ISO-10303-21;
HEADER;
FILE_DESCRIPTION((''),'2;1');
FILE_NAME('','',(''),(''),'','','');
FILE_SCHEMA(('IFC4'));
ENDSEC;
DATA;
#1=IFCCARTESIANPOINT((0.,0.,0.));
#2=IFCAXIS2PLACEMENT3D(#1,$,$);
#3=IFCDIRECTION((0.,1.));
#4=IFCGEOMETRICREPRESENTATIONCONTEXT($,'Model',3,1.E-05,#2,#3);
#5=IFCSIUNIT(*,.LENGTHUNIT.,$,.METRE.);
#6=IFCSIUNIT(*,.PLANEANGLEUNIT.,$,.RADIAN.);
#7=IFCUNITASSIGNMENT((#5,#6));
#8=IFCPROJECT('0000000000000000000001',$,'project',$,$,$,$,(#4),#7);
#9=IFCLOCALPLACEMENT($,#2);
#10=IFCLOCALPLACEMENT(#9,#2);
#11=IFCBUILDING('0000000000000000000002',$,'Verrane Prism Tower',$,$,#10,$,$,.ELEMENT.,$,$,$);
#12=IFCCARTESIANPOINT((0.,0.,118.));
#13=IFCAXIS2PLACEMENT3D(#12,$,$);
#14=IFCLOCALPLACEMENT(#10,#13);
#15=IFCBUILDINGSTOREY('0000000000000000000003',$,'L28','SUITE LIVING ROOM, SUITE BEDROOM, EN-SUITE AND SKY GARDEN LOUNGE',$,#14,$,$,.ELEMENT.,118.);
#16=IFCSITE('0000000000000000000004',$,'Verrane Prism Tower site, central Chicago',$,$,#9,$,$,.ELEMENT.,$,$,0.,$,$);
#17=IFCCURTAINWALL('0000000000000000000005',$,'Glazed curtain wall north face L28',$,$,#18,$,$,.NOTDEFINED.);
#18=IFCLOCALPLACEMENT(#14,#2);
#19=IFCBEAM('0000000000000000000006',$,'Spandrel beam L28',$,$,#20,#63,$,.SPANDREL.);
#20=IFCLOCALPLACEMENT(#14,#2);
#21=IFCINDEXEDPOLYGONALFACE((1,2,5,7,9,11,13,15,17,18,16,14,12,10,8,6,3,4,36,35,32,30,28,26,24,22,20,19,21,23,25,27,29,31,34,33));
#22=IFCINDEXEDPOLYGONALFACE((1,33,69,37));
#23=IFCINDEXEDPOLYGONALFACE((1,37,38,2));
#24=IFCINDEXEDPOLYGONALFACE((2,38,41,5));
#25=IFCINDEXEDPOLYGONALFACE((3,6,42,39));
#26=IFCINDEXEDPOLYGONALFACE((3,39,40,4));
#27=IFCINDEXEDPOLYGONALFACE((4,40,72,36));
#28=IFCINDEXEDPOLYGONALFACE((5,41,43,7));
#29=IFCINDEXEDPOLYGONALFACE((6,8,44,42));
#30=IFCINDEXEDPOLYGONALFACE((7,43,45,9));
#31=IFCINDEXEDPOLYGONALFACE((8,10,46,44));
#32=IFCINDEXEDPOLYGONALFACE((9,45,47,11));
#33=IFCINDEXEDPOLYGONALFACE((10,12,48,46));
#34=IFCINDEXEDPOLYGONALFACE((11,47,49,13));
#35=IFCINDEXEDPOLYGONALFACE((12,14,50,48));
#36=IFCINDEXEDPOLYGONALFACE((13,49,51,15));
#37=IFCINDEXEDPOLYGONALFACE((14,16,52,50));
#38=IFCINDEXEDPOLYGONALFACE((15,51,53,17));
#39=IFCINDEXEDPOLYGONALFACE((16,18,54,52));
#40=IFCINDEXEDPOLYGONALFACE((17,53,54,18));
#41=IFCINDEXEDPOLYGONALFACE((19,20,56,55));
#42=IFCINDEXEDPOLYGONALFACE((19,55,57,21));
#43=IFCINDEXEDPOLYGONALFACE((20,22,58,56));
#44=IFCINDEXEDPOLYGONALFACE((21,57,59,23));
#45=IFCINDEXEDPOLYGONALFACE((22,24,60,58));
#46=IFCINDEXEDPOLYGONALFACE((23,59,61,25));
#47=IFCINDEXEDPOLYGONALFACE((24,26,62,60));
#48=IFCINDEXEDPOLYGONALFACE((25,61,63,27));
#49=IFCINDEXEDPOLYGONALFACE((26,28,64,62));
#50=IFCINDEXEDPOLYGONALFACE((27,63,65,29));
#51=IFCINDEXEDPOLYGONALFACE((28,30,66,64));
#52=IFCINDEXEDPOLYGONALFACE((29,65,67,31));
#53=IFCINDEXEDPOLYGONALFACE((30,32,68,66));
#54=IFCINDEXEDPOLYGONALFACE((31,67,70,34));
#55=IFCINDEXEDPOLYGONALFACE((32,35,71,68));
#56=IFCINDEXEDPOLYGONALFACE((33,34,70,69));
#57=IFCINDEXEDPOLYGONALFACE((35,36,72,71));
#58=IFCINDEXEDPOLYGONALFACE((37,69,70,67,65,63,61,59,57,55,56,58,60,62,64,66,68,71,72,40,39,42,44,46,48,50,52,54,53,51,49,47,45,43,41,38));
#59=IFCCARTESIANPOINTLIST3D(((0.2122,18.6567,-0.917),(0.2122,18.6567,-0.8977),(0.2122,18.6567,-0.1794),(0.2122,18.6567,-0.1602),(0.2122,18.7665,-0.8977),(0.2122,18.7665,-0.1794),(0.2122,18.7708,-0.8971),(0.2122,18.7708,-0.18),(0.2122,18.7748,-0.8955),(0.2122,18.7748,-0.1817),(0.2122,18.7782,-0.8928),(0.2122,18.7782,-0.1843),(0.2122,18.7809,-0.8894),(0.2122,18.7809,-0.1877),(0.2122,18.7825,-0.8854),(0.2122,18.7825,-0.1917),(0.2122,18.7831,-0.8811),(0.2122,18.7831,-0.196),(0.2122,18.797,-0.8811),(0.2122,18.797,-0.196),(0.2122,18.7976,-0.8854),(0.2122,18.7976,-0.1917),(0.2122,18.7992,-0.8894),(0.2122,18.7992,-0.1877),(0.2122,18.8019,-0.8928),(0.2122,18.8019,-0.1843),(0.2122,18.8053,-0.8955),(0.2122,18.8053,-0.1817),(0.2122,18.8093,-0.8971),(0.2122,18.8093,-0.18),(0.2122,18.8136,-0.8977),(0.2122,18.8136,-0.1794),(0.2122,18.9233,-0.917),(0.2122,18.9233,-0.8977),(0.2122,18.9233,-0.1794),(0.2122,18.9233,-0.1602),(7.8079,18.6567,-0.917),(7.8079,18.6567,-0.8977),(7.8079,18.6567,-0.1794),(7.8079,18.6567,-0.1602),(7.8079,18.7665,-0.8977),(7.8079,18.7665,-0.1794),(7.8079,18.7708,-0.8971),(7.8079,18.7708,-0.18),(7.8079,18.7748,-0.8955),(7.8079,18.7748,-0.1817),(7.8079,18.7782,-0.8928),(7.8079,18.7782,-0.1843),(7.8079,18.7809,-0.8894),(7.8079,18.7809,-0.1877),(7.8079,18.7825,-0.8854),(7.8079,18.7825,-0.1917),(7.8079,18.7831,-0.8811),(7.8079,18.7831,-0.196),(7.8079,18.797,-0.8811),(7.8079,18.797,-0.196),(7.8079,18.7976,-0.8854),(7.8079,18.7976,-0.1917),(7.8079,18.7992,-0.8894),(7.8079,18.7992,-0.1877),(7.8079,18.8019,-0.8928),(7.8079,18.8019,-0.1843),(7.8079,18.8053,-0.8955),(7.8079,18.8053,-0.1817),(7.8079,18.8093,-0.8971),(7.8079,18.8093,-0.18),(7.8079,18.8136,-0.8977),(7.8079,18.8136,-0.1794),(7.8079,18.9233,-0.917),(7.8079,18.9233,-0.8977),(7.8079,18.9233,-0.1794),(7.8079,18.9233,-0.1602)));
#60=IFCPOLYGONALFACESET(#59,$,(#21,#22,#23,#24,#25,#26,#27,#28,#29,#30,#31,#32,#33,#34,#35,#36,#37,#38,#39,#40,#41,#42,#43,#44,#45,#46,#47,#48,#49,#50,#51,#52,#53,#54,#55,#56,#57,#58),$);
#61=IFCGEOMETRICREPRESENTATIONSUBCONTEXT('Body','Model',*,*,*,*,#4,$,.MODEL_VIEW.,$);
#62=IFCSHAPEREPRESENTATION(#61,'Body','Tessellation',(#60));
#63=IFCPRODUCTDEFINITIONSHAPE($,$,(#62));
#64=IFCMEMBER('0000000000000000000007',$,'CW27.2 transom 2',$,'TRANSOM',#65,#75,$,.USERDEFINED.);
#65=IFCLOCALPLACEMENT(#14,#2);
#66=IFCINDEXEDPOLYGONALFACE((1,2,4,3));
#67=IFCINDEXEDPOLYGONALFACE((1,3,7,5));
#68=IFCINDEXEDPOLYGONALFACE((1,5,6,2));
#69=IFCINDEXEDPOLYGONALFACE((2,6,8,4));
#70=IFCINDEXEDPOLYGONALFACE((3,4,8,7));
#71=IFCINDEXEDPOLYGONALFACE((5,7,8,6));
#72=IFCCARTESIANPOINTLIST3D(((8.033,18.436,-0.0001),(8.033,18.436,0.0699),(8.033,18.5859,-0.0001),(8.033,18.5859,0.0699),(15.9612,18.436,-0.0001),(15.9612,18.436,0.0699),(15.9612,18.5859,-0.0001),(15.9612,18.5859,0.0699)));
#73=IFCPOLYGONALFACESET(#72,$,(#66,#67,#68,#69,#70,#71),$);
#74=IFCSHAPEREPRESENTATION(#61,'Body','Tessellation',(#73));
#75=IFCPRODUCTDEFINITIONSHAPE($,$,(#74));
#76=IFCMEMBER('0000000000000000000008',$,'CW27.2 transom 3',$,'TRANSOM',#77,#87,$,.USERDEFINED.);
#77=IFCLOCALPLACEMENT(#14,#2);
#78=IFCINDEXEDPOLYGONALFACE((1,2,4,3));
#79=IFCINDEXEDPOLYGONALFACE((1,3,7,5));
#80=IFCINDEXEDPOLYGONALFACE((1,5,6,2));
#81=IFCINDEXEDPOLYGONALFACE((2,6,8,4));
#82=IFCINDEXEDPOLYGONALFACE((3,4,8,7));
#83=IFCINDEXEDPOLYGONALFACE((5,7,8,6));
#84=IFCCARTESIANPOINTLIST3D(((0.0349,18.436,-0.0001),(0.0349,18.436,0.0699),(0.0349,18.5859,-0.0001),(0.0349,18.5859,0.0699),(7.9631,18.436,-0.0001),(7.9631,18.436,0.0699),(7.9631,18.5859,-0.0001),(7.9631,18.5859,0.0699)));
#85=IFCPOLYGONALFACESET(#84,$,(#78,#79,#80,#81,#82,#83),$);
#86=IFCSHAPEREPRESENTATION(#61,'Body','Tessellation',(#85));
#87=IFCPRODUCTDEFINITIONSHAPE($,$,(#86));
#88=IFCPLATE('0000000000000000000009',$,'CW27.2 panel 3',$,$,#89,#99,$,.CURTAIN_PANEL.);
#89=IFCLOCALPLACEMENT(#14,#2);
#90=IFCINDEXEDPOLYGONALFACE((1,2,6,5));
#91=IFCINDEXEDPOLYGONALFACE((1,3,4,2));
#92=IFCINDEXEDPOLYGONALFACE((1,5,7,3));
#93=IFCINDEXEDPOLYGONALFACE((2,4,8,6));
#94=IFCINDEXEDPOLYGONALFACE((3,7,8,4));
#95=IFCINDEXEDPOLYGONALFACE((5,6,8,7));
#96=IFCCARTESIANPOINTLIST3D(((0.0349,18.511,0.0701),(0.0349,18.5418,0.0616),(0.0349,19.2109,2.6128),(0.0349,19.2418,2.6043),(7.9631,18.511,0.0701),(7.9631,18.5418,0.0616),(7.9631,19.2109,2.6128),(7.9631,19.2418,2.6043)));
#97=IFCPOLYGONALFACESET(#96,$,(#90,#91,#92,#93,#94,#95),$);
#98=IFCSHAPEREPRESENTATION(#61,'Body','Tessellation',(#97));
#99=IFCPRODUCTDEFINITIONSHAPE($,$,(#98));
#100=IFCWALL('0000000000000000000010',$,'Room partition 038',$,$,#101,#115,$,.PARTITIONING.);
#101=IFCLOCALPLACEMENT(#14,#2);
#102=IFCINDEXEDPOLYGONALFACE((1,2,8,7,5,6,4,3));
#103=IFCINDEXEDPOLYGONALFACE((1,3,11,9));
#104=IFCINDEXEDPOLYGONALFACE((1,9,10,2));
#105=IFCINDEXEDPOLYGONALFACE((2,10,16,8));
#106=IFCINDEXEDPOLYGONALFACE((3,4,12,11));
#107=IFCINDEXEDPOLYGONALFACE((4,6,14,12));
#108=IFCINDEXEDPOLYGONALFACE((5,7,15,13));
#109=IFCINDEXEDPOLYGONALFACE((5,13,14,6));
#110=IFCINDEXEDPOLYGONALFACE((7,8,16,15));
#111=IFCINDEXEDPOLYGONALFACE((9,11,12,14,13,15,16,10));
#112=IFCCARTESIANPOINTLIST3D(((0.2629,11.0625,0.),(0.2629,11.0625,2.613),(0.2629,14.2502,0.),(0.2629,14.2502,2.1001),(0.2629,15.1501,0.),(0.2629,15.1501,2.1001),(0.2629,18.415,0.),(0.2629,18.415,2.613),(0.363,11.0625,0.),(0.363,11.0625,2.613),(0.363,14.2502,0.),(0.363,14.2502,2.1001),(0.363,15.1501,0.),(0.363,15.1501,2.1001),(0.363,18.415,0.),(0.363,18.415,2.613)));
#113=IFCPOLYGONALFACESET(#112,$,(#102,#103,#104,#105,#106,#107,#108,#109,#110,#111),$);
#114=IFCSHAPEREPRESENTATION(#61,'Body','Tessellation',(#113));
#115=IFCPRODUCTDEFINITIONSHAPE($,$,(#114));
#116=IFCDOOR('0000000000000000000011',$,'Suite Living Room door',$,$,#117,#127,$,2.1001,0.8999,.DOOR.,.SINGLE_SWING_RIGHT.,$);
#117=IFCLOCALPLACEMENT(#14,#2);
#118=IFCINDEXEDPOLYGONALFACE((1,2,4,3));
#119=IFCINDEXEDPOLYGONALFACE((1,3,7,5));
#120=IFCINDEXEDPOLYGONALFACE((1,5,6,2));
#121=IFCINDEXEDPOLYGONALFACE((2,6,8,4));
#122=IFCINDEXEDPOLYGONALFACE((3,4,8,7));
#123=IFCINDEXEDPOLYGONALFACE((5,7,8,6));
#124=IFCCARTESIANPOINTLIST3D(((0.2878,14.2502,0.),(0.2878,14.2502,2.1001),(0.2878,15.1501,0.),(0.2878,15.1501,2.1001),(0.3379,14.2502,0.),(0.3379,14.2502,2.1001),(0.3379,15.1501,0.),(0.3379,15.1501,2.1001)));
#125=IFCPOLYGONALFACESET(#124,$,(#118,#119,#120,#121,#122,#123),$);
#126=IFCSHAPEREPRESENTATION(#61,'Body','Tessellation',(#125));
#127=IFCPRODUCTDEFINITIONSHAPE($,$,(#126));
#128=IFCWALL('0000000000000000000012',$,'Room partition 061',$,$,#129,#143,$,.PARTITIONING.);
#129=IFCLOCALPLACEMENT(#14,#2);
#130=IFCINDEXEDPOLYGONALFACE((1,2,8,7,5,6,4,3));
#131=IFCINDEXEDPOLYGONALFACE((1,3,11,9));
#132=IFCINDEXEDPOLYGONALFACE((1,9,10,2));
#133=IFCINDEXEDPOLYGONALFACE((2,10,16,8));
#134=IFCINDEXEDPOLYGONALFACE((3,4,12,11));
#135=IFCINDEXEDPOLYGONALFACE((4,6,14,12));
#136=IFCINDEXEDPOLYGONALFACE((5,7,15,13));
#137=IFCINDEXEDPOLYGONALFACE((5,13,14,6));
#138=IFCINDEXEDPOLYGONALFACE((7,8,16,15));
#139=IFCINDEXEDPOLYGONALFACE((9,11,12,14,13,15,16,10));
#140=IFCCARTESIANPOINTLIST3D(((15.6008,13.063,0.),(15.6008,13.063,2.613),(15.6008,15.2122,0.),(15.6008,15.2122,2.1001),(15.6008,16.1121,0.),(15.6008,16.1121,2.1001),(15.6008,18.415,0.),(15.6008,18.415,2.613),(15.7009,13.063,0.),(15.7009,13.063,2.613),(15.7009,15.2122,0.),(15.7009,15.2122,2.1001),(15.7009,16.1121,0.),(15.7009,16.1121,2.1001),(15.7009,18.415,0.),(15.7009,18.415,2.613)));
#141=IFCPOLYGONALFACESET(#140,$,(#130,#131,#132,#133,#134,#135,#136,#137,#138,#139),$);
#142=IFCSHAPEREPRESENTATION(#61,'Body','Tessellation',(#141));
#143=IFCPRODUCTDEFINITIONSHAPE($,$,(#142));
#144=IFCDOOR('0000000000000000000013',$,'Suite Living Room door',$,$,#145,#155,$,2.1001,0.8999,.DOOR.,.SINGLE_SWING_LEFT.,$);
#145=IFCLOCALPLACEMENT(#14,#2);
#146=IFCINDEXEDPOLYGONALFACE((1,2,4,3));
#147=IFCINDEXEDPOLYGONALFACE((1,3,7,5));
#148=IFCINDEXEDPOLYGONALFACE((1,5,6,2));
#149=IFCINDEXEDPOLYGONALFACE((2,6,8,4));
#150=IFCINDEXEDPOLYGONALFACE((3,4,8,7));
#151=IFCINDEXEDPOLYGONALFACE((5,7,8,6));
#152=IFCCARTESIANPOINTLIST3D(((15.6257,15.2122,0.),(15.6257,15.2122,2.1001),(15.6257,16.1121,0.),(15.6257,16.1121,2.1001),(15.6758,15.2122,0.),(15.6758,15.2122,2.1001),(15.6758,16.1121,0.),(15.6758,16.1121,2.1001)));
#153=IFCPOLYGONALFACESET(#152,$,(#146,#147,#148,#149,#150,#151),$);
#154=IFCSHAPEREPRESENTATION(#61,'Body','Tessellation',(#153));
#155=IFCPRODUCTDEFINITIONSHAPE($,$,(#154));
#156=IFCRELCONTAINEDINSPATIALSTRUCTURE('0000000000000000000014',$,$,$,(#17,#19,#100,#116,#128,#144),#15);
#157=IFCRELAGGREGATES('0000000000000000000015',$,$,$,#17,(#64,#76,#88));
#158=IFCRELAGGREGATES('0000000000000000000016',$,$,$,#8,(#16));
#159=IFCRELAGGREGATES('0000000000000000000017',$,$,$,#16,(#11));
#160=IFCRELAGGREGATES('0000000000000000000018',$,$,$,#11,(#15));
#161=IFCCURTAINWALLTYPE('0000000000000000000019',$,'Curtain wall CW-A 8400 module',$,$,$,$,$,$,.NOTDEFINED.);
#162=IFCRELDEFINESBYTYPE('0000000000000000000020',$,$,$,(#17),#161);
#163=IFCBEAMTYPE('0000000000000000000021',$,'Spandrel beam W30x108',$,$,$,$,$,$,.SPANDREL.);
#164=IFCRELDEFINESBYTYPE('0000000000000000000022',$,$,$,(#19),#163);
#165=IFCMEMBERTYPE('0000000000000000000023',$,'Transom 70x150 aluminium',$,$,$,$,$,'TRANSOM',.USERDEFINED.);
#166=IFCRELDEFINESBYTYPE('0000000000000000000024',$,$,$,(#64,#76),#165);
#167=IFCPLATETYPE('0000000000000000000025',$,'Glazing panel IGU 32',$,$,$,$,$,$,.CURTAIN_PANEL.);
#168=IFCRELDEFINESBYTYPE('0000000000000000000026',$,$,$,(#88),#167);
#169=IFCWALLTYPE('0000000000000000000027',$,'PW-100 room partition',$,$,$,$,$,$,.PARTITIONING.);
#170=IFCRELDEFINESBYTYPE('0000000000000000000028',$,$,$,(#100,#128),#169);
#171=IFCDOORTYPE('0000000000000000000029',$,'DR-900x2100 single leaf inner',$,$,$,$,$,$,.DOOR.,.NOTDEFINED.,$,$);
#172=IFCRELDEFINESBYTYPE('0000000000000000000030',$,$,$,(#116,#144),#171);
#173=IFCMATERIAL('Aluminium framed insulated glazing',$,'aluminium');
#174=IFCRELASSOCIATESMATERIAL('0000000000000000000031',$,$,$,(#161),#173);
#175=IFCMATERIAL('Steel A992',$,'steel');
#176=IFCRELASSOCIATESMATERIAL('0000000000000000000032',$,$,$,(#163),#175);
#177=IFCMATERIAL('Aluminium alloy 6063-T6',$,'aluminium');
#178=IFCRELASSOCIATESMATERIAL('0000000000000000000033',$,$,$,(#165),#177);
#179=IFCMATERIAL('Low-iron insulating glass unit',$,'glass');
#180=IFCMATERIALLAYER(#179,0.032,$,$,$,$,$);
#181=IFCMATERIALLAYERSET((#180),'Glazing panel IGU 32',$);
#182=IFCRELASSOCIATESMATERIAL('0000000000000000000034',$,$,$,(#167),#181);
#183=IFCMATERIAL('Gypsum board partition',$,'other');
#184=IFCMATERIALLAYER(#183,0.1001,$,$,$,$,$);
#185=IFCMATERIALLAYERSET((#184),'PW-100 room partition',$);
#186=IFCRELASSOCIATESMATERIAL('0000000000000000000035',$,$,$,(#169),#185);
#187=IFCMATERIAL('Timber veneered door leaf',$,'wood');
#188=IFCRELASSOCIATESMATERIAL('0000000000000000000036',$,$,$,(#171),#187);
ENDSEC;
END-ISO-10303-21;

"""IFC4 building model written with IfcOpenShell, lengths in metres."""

from ifc_helpers import new_model, si_unit, direction, frame, frame_2d, origin, origin_2d, place, context, subcontext, project, spatial, polyline, rectangle, i_section, outline, extrude, material, layer, layer_set, material_profile, profile_set, type_object, element, fill, aggregate, save


model = new_model("IFC4")

# Units and contexts
model_context = context("Model", 3, precision=1e-05, world=origin(), true_north=direction((0.0, 1.0)))
body_context = subcontext(model_context, "Body", "Model", "MODEL_VIEW")
ifc_project = project(units=[si_unit("LENGTHUNIT", "METRE"), si_unit("PLANEANGLEUNIT", "RADIAN")], contexts=[model_context])

# Site, building, storey
site_placement = place(None, origin())
site = spatial("IfcSite", under=ifc_project, at=site_placement, Name="Verrane Prism Tower site, central Chicago", CompositionType="ELEMENT", RefElevation=0.0)
building_placement = place(site_placement, origin())
building = spatial("IfcBuilding", under=site, at=building_placement, Name="Verrane Prism Tower", CompositionType="ELEMENT")
storey_placement = place(building_placement, frame((0.0, 0.0, 118.0)))
storey = spatial("IfcBuildingStorey", under=building, at=storey_placement, Name="L28", Description="SUITE LIVING ROOM, SUITE BEDROOM, EN-SUITE AND SKY GARDEN LOUNGE", CompositionType="ELEMENT", Elevation=118.0)

# Curtain wall
ifc_material_1 = material(Name="Aluminium framed insulated glazing", Category="aluminium")
curtain_wall_type = type_object("IfcCurtainWallType", Name="Curtain wall CW-A 8400 module", PredefinedType="NOTDEFINED", material=ifc_material_1)
curtain_wall_placement = place(storey_placement, origin())
curtain_wall = element("IfcCurtainWall", 1, at=curtain_wall_placement, inside=storey, type_object=curtain_wall_type, Name="Glazed curtain wall north face L28", PredefinedType="NOTDEFINED")

# Beam
ifc_material_2 = material(Name="Steel A992", Category="steel")
ifc_material_profile_1 = material_profile(ifc_material_2, i_section(OverallWidth=0.2666, OverallDepth=0.7568, WebThickness=0.0139, FlangeThickness=0.0193, FilletRadius=0.0166, at=origin_2d()), Name="W30x108")
ifc_profile_set_1 = profile_set([ifc_material_profile_1], Name="Steel A992")
beam_type_1 = type_object("IfcBeamType", Name="Spandrel beam W30x108", PredefinedType="SPANDREL", material=ifc_profile_set_1)
for number, where, z_axis, x_axis, name in (
    (2, (7.8079, 18.79, -0.5386), (-1.0, 0.0, 0.0), (0.0, -1.0, 0.0), "Spandrel beam L28"),
):
    element("IfcBeam", number, at=place(storey_placement, frame(where, z_axis=z_axis, x_axis=x_axis)), inside=storey, type_object=beam_type_1, Name=name, PredefinedType="SPANDREL", context=body_context, shape_type="SweptSolid", body=[
        extrude(i_section(OverallWidth=0.2666, OverallDepth=0.7568, WebThickness=0.0139, FlangeThickness=0.0193, FilletRadius=0.0166, at=origin_2d()), origin(), (0.0, 0.0, 1.0), 7.5957),
    ])

# Members
ifc_material_3 = material(Name="Aluminium alloy 6063-T6", Category="aluminium")
ifc_material_profile_2 = material_profile(ifc_material_3, rectangle(XDim=0.1499, YDim=0.0701, at=origin_2d()), Name="Transom 70x150 aluminium")
ifc_profile_set_2 = profile_set([ifc_material_profile_2], Name="Aluminium alloy 6063-T6")
member_type_1 = type_object("IfcMemberType", Name="Transom 70x150 aluminium", ElementType="TRANSOM", PredefinedType="USERDEFINED", material=ifc_profile_set_2)
member_1_placement = place(storey_placement, frame((15.9612, 18.511, 0.0349), z_axis=(-1.0, 0.0, 0.0), x_axis=(0.0, -1.0, 0.0)))
member_1 = element("IfcMember", 3, at=member_1_placement, type_object=member_type_1, Name="CW27.2 transom 2", ObjectType="TRANSOM", PredefinedType="USERDEFINED", context=body_context, shape_type="SweptSolid", body=[
    extrude(rectangle(XDim=0.1499, YDim=0.0701, at=origin_2d()), origin(), (0.0, 0.0, 1.0), 7.9282),
])
member_2_placement = place(storey_placement, frame((7.9631, 18.511, 0.0349), z_axis=(-1.0, 0.0, 0.0), x_axis=(0.0, -1.0, 0.0)))
member_2 = element("IfcMember", 4, at=member_2_placement, type_object=member_type_1, Name="CW27.2 transom 3", ObjectType="TRANSOM", PredefinedType="USERDEFINED", context=body_context, shape_type="SweptSolid", body=[
    extrude(rectangle(XDim=0.1499, YDim=0.0701, at=origin_2d()), origin(), (0.0, 0.0, 1.0), 7.9282),
])

# Plate
ifc_material_4 = material(Name="Low-iron insulating glass unit", Category="glass")
ifc_layer_1 = layer(ifc_material_4, 0.032)
ifc_layer_set_1 = layer_set([ifc_layer_1], Name="Glazing panel IGU 32")
plate_type = type_object("IfcPlateType", Name="Glazing panel IGU 32", PredefinedType="CURTAIN_PANEL", material=ifc_layer_set_1)
plate_placement = place(storey_placement, frame((7.9631, 18.511, 0.0701), z_axis=(0.0, -0.964137, 0.265404), x_axis=(-1.0, 0.0, 0.0)))
plate = element("IfcPlate", 5, at=plate_placement, type_object=plate_type, Name="CW27.2 panel 3", PredefinedType="CURTAIN_PANEL", context=body_context, shape_type="SweptSolid", body=[
    extrude(outline(polyline([(0.0, 0.0), (7.9282, 0.0), (7.9282, -2.6373), (0.0, -2.6373), (0.0, 0.0)])), origin(), (0.0, 0.0, -1.0), 0.032),
])
aggregate(curtain_wall, [member_1, member_2, plate])

# Walls, openings, doors
ifc_material_5 = material(Name="Gypsum board partition", Category="other")
ifc_layer_2 = layer(ifc_material_5, 0.1001)
ifc_layer_set_2 = layer_set([ifc_layer_2], Name="PW-100 room partition")
wall_type_1 = type_object("IfcWallType", Name="PW-100 room partition", PredefinedType="PARTITIONING", material=ifc_layer_set_2)
wall_1_placement = place(storey_placement, frame((0.313, 18.415, 0.0), z_axis=(0.0, 0.0, 1.0), x_axis=(0.0, -1.0, 0.0)))
wall_1 = element("IfcWall", 6, at=wall_1_placement, inside=storey, type_object=wall_type_1, Name="Room partition 038", PredefinedType="PARTITIONING", context=body_context, shape_type="SweptSolid", body=[
    extrude(rectangle(XDim=7.3525, YDim=0.1001, at=frame_2d((3.6763, 0.0))), origin(), (0.0, 0.0, 1.0), 2.613),
])
opening_1_placement = place(wall_1_placement, frame((3.2649, 0.0, 0.0)))
opening_1 = element("IfcOpeningElement", 7, at=opening_1_placement, cuts=wall_1, PredefinedType="OPENING", context=body_context, shape_type="SweptSolid", body=[
    extrude(rectangle(XDim=0.8999, YDim=2.1001, at=frame_2d((0.45, 1.05))), frame((0.0, 0.0601, 0.0), z_axis=(0.0, -1.0, 0.0), x_axis=(1.0, 0.0, 0.0)), (0.0, 0.0, 1.0), 0.1201),
])
ifc_material_6 = material(Name="Timber veneered door leaf", Category="wood")
door_type_1 = type_object("IfcDoorType", Name="DR-900x2100 single leaf inner", OperationType="NOTDEFINED", PredefinedType="DOOR", material=ifc_material_6)
door_1_placement = place(opening_1_placement, origin())
door_1 = element("IfcDoor", 8, at=door_1_placement, inside=storey, type_object=door_type_1, Name="Suite Living Room door", OperationType="SINGLE_SWING_RIGHT", OverallHeight=2.1001, OverallWidth=0.8999, PredefinedType="DOOR", context=body_context, shape_type="SweptSolid", body=[
    extrude(rectangle(XDim=0.8999, YDim=2.1001, at=frame_2d((0.45, 1.05))), frame((0.0, 0.0249, 0.0), z_axis=(0.0, -1.0, 0.0), x_axis=(1.0, 0.0, 0.0)), (0.0, 0.0, 1.0), 0.05),
])
fill(opening_1, door_1)
wall_2_placement = place(storey_placement, frame((15.6509, 18.415, 0.0), z_axis=(0.0, 0.0, 1.0), x_axis=(0.0, -1.0, 0.0)))
wall_2 = element("IfcWall", 9, at=wall_2_placement, inside=storey, type_object=wall_type_1, Name="Room partition 061", PredefinedType="PARTITIONING", context=body_context, shape_type="SweptSolid", body=[
    extrude(rectangle(XDim=5.3521, YDim=0.1001, at=frame_2d((2.676, 0.0))), origin(), (0.0, 0.0, 1.0), 2.613),
])
opening_2_placement = place(wall_2_placement, frame((2.303, 0.0, 0.0)))
opening_2 = element("IfcOpeningElement", 10, at=opening_2_placement, cuts=wall_2, PredefinedType="OPENING", context=body_context, shape_type="SweptSolid", body=[
    extrude(rectangle(XDim=0.8999, YDim=2.1001, at=frame_2d((0.45, 1.05))), frame((0.0, 0.0601, 0.0), z_axis=(0.0, -1.0, 0.0), x_axis=(1.0, 0.0, 0.0)), (0.0, 0.0, 1.0), 0.1201),
])
door_2_placement = place(opening_2_placement, origin())
door_2 = element("IfcDoor", 11, at=door_2_placement, inside=storey, type_object=door_type_1, Name="Suite Living Room door", OperationType="SINGLE_SWING_LEFT", OverallHeight=2.1001, OverallWidth=0.8999, PredefinedType="DOOR", context=body_context, shape_type="SweptSolid", body=[
    extrude(rectangle(XDim=0.8999, YDim=2.1001, at=frame_2d((0.45, 1.05))), frame((0.0, 0.0249, 0.0), z_axis=(0.0, -1.0, 0.0), x_axis=(1.0, 0.0, 0.0)), (0.0, 0.0, 1.0), 0.05),
])
fill(opening_2, door_2)

save(model, "model.ifc")
